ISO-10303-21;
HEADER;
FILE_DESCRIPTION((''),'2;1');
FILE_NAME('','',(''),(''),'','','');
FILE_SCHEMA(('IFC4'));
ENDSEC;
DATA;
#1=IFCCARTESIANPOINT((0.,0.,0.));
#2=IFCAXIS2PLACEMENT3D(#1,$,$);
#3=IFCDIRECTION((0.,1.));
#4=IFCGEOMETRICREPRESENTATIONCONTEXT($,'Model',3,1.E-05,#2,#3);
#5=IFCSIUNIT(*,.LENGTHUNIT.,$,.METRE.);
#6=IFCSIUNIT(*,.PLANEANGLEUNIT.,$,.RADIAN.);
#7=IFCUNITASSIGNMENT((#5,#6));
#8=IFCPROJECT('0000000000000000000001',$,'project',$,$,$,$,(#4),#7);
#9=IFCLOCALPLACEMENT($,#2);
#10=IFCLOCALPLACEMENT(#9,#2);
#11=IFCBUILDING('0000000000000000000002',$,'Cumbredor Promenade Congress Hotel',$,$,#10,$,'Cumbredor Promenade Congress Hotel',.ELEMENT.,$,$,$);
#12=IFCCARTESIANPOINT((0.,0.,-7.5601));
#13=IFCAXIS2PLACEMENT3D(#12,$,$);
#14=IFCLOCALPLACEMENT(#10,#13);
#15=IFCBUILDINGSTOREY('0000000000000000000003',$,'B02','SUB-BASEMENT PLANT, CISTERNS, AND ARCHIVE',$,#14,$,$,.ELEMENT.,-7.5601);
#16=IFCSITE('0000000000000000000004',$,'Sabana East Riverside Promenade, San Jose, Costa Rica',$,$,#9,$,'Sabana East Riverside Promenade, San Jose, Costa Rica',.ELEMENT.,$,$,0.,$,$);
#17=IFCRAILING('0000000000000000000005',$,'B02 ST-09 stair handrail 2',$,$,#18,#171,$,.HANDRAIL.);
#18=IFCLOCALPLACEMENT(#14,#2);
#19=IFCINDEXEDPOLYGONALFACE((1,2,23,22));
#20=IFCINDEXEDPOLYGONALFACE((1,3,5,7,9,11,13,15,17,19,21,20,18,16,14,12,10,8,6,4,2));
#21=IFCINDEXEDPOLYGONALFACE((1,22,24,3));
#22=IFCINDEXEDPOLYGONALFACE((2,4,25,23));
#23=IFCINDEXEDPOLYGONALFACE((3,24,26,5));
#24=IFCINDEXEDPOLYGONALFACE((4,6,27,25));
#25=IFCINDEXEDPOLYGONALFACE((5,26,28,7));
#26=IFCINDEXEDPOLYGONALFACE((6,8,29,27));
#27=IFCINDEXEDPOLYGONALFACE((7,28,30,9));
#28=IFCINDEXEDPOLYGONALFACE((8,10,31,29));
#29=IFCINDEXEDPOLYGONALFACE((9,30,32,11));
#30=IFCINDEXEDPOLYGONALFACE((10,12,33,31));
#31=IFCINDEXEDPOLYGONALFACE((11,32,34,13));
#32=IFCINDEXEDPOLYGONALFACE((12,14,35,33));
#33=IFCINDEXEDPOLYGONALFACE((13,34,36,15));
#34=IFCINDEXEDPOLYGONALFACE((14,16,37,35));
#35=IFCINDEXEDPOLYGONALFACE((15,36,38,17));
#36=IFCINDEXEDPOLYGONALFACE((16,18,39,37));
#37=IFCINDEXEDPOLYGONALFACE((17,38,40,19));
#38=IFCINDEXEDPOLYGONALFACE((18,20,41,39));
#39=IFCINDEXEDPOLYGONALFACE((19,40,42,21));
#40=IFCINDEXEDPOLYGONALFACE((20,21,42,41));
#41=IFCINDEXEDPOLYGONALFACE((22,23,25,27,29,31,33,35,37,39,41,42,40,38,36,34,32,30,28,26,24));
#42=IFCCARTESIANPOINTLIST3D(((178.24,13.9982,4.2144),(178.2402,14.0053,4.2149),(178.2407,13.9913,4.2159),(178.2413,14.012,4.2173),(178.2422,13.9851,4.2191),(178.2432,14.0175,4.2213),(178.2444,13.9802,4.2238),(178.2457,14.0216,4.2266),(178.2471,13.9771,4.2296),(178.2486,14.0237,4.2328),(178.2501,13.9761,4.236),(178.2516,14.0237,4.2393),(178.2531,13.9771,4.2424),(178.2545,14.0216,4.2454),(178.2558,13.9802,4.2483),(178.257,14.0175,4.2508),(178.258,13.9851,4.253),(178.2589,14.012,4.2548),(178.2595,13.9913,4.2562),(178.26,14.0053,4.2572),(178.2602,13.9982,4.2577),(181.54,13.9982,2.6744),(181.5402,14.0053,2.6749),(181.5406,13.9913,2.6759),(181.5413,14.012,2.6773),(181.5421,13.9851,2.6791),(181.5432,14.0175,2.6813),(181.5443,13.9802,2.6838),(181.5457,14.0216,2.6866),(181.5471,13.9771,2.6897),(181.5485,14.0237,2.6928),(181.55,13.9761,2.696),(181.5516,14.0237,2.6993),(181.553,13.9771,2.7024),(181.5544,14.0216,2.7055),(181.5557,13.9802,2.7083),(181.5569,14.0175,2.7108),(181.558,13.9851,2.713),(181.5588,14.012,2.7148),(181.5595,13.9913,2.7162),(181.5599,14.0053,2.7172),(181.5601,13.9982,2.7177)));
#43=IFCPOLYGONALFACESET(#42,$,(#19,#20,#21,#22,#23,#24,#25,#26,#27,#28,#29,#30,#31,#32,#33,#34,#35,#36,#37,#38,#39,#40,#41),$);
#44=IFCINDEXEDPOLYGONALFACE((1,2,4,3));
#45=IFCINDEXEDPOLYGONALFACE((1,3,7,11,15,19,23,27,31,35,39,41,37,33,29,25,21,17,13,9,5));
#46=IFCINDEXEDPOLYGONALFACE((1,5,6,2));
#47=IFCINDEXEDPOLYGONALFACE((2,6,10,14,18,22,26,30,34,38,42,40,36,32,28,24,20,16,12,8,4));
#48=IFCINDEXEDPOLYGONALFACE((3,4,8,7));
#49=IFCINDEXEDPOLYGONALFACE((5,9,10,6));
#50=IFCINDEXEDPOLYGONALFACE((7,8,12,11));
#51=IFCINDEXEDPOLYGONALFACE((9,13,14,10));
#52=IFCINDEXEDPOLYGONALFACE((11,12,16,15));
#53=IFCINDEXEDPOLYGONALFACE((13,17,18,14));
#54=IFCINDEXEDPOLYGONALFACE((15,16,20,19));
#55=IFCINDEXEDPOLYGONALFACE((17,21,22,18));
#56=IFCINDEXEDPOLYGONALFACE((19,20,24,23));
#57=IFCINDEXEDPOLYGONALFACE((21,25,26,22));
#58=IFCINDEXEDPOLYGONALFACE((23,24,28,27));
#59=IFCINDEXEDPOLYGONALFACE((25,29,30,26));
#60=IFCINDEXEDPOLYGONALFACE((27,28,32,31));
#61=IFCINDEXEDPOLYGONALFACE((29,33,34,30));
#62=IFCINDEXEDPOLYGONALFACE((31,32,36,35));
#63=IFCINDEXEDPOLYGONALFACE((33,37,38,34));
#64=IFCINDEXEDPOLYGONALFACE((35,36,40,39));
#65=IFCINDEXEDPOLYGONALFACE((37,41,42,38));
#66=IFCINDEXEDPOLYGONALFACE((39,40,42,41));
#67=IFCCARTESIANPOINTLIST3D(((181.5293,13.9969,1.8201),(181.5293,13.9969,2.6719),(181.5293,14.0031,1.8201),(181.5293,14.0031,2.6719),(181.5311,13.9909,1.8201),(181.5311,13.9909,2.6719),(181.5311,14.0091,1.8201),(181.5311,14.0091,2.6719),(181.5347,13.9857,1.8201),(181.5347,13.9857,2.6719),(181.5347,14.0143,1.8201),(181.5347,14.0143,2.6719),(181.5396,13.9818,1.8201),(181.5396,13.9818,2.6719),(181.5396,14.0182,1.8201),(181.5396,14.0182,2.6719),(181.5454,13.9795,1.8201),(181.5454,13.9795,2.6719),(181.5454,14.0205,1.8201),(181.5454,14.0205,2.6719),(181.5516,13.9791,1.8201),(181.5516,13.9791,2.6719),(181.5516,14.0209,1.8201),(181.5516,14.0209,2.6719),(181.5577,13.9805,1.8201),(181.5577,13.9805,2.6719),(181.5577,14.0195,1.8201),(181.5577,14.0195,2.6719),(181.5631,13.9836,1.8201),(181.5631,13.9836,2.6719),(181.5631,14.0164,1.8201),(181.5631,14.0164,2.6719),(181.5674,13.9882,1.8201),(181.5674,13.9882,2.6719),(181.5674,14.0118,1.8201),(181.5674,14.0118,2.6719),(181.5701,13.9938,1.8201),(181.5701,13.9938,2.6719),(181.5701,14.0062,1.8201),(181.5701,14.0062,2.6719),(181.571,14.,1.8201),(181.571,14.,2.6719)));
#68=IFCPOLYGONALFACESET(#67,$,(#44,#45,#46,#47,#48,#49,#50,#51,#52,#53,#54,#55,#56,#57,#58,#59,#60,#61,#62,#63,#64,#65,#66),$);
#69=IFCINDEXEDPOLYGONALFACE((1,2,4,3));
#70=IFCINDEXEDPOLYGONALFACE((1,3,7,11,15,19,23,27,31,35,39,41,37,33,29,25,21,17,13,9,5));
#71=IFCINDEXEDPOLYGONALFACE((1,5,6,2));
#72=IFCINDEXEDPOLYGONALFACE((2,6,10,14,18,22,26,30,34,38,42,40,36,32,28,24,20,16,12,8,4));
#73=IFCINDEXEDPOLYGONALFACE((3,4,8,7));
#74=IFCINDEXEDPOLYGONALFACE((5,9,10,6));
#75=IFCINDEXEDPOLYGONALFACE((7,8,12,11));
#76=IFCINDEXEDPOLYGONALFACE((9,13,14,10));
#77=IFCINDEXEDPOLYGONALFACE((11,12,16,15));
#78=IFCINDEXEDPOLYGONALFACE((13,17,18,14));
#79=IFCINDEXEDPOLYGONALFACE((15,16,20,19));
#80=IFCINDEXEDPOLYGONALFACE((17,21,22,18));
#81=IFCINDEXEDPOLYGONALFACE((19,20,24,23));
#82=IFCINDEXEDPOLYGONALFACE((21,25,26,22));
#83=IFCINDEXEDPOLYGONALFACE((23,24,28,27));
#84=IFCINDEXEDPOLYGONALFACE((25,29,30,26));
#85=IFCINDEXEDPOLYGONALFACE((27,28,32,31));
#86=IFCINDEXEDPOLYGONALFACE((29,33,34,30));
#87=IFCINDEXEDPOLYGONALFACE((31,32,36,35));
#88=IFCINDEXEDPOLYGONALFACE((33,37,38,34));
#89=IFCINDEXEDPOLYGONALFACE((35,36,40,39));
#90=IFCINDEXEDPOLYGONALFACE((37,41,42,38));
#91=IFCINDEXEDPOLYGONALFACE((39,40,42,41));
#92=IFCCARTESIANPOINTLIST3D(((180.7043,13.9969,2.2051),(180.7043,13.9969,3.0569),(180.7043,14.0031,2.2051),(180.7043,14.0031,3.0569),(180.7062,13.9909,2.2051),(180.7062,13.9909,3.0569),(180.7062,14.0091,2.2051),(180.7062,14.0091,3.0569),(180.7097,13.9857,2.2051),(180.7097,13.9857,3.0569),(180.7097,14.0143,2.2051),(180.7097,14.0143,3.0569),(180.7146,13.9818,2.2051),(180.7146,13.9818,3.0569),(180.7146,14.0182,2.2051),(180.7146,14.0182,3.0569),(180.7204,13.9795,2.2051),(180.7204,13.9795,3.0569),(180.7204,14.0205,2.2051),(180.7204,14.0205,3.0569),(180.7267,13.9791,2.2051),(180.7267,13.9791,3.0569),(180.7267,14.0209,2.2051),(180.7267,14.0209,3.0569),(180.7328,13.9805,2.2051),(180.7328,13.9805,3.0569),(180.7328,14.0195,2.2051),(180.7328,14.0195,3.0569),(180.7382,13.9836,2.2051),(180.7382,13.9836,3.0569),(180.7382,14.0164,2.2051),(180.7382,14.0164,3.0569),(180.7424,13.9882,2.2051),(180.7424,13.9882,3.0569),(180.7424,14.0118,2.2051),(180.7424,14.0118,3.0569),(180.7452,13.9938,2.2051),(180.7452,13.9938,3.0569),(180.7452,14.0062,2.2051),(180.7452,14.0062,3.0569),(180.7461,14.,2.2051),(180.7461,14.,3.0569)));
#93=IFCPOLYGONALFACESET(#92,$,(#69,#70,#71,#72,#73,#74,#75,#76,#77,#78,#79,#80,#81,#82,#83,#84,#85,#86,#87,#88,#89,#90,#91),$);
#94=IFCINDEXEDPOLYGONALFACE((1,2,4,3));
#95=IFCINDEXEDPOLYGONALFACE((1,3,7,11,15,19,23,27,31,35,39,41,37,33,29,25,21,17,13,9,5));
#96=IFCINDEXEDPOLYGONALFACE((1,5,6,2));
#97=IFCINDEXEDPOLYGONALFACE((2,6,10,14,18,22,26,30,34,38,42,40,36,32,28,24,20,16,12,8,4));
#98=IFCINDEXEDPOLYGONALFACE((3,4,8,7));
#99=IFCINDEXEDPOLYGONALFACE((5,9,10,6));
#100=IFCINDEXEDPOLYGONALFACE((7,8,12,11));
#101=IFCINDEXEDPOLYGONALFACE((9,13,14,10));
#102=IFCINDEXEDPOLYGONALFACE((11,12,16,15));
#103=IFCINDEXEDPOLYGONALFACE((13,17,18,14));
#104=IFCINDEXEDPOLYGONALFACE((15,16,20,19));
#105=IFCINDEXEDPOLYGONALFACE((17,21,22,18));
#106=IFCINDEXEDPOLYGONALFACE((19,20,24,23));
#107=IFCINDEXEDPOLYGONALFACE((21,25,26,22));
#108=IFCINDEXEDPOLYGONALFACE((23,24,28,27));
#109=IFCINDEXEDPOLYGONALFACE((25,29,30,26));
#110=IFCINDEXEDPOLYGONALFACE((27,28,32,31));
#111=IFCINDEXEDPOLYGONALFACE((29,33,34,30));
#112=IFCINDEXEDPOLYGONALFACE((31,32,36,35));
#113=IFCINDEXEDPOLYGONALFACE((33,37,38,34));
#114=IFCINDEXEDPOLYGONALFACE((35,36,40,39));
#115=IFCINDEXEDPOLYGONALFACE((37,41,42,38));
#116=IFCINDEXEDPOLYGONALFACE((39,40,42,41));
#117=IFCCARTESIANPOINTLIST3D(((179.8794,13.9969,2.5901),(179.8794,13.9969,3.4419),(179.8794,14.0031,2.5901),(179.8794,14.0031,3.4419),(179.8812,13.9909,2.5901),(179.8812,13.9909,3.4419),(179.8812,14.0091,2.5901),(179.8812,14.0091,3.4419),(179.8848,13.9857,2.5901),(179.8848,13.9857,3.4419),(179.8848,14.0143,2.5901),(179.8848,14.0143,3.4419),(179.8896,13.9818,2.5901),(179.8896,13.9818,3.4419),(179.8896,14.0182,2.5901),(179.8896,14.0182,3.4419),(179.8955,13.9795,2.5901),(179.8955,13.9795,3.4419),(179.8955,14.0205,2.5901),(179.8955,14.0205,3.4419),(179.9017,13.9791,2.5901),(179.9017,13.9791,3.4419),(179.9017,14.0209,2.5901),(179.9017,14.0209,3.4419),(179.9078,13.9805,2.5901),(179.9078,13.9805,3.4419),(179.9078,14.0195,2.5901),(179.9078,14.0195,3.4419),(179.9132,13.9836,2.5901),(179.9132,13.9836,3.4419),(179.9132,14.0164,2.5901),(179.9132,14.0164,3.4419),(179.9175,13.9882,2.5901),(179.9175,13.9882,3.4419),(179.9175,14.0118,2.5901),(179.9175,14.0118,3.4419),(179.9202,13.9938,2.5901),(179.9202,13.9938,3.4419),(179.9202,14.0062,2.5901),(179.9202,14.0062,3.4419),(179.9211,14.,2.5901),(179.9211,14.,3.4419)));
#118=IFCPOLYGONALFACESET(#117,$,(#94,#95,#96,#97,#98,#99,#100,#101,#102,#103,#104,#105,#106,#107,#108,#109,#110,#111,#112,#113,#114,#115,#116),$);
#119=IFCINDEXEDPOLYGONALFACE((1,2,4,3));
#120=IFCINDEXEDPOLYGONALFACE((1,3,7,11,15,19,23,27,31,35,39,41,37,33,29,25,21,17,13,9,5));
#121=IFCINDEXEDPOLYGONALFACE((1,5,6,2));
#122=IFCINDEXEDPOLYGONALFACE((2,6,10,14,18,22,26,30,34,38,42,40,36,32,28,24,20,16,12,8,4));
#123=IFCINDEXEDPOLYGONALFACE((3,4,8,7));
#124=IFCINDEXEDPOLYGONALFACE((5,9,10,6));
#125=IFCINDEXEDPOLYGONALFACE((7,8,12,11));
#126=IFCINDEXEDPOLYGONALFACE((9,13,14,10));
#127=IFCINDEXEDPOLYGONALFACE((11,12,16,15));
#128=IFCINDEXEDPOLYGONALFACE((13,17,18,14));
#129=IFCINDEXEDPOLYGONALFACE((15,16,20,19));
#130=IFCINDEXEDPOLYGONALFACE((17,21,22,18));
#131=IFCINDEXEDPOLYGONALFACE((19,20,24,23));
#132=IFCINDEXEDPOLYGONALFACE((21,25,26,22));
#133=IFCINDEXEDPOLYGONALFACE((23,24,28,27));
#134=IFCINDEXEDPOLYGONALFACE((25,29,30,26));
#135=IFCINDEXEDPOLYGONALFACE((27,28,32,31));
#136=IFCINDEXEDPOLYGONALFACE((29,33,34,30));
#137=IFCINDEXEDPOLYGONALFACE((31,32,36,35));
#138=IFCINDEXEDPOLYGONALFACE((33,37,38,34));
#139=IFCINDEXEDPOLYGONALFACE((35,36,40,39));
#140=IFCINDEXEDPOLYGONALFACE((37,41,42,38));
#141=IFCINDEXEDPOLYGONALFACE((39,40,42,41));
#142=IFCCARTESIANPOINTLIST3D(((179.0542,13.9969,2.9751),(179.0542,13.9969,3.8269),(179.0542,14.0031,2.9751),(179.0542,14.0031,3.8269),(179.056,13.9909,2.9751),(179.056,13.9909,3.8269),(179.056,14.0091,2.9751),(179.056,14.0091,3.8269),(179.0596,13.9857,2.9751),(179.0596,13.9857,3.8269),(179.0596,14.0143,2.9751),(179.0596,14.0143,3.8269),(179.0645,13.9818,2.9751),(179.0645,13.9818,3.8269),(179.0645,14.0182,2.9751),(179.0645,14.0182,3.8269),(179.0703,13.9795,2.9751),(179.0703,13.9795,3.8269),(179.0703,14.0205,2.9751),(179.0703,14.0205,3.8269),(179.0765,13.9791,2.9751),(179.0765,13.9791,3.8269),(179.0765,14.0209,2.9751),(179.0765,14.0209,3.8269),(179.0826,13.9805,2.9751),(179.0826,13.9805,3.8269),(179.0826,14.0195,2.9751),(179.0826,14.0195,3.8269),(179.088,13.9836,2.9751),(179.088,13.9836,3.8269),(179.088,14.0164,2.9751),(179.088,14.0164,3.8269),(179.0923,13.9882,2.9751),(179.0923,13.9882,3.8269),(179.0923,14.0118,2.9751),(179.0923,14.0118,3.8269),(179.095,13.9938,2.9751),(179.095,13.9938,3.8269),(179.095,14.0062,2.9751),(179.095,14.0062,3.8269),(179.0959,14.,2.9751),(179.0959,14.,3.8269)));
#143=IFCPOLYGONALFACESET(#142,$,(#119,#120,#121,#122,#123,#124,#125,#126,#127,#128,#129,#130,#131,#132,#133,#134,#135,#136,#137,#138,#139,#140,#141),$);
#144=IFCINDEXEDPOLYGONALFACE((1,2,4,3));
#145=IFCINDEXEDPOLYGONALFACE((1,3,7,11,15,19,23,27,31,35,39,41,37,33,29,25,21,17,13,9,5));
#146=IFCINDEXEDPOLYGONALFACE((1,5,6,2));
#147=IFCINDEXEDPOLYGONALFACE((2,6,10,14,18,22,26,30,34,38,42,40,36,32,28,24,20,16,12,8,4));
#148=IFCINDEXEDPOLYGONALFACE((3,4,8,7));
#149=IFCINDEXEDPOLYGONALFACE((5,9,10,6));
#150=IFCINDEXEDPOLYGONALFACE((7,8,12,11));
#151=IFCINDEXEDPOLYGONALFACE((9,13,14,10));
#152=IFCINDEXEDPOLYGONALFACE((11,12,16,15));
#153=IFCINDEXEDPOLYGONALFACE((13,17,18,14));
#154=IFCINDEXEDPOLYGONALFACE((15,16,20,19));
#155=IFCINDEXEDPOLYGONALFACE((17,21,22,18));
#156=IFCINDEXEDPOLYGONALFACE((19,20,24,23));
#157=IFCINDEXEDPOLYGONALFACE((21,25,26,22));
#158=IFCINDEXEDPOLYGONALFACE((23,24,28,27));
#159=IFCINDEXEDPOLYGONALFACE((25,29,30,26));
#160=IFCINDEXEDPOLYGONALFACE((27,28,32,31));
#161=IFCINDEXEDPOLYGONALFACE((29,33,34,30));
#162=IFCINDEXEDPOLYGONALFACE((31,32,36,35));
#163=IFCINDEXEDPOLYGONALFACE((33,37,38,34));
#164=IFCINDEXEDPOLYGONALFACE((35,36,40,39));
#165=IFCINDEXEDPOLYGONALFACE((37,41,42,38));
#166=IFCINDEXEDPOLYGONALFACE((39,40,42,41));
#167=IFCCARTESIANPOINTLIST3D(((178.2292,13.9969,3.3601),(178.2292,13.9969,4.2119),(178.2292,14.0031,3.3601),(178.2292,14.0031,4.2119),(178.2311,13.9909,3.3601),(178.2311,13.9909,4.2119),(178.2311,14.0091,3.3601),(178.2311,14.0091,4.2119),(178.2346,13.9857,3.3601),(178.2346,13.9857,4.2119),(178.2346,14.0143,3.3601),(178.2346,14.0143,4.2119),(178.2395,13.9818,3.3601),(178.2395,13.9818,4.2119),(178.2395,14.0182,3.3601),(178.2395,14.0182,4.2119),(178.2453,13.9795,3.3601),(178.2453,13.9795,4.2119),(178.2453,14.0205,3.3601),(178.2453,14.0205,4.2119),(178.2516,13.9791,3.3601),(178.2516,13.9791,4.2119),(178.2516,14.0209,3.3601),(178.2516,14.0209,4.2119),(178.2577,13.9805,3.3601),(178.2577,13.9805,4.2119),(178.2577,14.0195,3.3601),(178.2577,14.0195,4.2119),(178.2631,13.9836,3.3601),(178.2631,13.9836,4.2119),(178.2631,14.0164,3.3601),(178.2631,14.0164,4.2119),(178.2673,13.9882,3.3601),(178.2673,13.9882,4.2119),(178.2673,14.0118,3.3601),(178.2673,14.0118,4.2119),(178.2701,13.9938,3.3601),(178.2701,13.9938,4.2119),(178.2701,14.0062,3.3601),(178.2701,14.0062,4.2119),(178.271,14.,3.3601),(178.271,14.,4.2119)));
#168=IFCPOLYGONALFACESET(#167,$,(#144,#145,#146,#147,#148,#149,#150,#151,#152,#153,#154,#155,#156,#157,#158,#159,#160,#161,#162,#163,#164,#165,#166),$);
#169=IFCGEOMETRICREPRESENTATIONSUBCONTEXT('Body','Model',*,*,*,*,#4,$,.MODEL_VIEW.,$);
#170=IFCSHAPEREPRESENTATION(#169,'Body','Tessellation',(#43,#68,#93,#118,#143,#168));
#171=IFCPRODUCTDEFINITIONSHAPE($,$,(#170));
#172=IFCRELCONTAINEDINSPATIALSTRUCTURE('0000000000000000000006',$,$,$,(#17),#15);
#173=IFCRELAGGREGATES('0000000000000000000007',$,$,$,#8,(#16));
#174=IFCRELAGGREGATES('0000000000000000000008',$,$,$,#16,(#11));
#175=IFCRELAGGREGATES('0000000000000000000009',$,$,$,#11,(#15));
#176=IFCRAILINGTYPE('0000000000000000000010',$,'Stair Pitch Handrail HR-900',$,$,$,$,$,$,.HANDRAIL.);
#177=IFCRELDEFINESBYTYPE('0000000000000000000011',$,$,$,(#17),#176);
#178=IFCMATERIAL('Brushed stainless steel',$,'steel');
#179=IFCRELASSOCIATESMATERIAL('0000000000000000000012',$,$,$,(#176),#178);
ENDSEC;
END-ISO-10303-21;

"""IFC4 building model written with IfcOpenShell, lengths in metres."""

from ifc_helpers import new_model, si_unit, direction, frame, origin, origin_2d, place, context, subcontext, project, spatial, circle, extrude, material, type_object, element, save


model = new_model("IFC4")

# Units and contexts
model_context = context("Model", 3, precision=1e-05, world=origin(), true_north=direction((0.0, 1.0)))
body_context = subcontext(model_context, "Body", "Model", "MODEL_VIEW")
ifc_project = project(units=[si_unit("LENGTHUNIT", "METRE"), si_unit("PLANEANGLEUNIT", "RADIAN")], contexts=[model_context])

# Site, building, storey
site_placement = place(None, origin())
site = spatial("IfcSite", under=ifc_project, at=site_placement, Name="Sabana East Riverside Promenade, San Jose, Costa Rica", LongName="Sabana East Riverside Promenade, San Jose, Costa Rica", CompositionType="ELEMENT", RefElevation=0.0)
building_placement = place(site_placement, origin())
building = spatial("IfcBuilding", under=site, at=building_placement, Name="Cumbredor Promenade Congress Hotel", LongName="Cumbredor Promenade Congress Hotel", CompositionType="ELEMENT")
storey_placement = place(building_placement, frame((0.0, 0.0, -7.5601)))
storey = spatial("IfcBuildingStorey", under=building, at=storey_placement, Name="B02", Description="SUB-BASEMENT PLANT, CISTERNS, AND ARCHIVE", CompositionType="ELEMENT", Elevation=-7.5601)

# Railing
ifc_material_1 = material(Name="Brushed stainless steel", Category="steel")
railing_type_1 = type_object("IfcRailingType", Name="Stair Pitch Handrail HR-900", PredefinedType="HANDRAIL", material=ifc_material_1)
railing_1_placement = place(storey_placement, frame((181.55, 14.0, 1.8201)))
element("IfcRailing", 1, at=railing_1_placement, inside=storey, type_object=railing_type_1, Name="B02 ST-09 stair handrail 2", PredefinedType="HANDRAIL", context=body_context, shape_type="SweptSolid", body=[
    extrude(circle(Radius=0.0239, at=origin_2d()), frame((0.0, 0.0, 0.876), z_axis=(-0.906181, 0.0, 0.422889), x_axis=(0.0, -1.0, 0.0)), (0.0, 0.0, 1.0), 3.6416),
    extrude(circle(Radius=0.021, at=origin_2d()), origin(), (0.0, 0.0, 1.0), 0.8518),
    extrude(circle(Radius=0.021, at=origin_2d()), frame((-0.825, 0.0, 0.385)), (0.0, 0.0, 1.0), 0.8518),
    extrude(circle(Radius=0.021, at=origin_2d()), frame((-1.6499, 0.0, 0.77)), (0.0, 0.0, 1.0), 0.8518),
    extrude(circle(Radius=0.021, at=origin_2d()), frame((-2.4751, 0.0, 1.155)), (0.0, 0.0, 1.0), 0.8518),
    extrude(circle(Radius=0.021, at=origin_2d()), frame((-3.3, 0.0, 1.54)), (0.0, 0.0, 1.0), 0.8518),
])

save(model, "model.ifc")
